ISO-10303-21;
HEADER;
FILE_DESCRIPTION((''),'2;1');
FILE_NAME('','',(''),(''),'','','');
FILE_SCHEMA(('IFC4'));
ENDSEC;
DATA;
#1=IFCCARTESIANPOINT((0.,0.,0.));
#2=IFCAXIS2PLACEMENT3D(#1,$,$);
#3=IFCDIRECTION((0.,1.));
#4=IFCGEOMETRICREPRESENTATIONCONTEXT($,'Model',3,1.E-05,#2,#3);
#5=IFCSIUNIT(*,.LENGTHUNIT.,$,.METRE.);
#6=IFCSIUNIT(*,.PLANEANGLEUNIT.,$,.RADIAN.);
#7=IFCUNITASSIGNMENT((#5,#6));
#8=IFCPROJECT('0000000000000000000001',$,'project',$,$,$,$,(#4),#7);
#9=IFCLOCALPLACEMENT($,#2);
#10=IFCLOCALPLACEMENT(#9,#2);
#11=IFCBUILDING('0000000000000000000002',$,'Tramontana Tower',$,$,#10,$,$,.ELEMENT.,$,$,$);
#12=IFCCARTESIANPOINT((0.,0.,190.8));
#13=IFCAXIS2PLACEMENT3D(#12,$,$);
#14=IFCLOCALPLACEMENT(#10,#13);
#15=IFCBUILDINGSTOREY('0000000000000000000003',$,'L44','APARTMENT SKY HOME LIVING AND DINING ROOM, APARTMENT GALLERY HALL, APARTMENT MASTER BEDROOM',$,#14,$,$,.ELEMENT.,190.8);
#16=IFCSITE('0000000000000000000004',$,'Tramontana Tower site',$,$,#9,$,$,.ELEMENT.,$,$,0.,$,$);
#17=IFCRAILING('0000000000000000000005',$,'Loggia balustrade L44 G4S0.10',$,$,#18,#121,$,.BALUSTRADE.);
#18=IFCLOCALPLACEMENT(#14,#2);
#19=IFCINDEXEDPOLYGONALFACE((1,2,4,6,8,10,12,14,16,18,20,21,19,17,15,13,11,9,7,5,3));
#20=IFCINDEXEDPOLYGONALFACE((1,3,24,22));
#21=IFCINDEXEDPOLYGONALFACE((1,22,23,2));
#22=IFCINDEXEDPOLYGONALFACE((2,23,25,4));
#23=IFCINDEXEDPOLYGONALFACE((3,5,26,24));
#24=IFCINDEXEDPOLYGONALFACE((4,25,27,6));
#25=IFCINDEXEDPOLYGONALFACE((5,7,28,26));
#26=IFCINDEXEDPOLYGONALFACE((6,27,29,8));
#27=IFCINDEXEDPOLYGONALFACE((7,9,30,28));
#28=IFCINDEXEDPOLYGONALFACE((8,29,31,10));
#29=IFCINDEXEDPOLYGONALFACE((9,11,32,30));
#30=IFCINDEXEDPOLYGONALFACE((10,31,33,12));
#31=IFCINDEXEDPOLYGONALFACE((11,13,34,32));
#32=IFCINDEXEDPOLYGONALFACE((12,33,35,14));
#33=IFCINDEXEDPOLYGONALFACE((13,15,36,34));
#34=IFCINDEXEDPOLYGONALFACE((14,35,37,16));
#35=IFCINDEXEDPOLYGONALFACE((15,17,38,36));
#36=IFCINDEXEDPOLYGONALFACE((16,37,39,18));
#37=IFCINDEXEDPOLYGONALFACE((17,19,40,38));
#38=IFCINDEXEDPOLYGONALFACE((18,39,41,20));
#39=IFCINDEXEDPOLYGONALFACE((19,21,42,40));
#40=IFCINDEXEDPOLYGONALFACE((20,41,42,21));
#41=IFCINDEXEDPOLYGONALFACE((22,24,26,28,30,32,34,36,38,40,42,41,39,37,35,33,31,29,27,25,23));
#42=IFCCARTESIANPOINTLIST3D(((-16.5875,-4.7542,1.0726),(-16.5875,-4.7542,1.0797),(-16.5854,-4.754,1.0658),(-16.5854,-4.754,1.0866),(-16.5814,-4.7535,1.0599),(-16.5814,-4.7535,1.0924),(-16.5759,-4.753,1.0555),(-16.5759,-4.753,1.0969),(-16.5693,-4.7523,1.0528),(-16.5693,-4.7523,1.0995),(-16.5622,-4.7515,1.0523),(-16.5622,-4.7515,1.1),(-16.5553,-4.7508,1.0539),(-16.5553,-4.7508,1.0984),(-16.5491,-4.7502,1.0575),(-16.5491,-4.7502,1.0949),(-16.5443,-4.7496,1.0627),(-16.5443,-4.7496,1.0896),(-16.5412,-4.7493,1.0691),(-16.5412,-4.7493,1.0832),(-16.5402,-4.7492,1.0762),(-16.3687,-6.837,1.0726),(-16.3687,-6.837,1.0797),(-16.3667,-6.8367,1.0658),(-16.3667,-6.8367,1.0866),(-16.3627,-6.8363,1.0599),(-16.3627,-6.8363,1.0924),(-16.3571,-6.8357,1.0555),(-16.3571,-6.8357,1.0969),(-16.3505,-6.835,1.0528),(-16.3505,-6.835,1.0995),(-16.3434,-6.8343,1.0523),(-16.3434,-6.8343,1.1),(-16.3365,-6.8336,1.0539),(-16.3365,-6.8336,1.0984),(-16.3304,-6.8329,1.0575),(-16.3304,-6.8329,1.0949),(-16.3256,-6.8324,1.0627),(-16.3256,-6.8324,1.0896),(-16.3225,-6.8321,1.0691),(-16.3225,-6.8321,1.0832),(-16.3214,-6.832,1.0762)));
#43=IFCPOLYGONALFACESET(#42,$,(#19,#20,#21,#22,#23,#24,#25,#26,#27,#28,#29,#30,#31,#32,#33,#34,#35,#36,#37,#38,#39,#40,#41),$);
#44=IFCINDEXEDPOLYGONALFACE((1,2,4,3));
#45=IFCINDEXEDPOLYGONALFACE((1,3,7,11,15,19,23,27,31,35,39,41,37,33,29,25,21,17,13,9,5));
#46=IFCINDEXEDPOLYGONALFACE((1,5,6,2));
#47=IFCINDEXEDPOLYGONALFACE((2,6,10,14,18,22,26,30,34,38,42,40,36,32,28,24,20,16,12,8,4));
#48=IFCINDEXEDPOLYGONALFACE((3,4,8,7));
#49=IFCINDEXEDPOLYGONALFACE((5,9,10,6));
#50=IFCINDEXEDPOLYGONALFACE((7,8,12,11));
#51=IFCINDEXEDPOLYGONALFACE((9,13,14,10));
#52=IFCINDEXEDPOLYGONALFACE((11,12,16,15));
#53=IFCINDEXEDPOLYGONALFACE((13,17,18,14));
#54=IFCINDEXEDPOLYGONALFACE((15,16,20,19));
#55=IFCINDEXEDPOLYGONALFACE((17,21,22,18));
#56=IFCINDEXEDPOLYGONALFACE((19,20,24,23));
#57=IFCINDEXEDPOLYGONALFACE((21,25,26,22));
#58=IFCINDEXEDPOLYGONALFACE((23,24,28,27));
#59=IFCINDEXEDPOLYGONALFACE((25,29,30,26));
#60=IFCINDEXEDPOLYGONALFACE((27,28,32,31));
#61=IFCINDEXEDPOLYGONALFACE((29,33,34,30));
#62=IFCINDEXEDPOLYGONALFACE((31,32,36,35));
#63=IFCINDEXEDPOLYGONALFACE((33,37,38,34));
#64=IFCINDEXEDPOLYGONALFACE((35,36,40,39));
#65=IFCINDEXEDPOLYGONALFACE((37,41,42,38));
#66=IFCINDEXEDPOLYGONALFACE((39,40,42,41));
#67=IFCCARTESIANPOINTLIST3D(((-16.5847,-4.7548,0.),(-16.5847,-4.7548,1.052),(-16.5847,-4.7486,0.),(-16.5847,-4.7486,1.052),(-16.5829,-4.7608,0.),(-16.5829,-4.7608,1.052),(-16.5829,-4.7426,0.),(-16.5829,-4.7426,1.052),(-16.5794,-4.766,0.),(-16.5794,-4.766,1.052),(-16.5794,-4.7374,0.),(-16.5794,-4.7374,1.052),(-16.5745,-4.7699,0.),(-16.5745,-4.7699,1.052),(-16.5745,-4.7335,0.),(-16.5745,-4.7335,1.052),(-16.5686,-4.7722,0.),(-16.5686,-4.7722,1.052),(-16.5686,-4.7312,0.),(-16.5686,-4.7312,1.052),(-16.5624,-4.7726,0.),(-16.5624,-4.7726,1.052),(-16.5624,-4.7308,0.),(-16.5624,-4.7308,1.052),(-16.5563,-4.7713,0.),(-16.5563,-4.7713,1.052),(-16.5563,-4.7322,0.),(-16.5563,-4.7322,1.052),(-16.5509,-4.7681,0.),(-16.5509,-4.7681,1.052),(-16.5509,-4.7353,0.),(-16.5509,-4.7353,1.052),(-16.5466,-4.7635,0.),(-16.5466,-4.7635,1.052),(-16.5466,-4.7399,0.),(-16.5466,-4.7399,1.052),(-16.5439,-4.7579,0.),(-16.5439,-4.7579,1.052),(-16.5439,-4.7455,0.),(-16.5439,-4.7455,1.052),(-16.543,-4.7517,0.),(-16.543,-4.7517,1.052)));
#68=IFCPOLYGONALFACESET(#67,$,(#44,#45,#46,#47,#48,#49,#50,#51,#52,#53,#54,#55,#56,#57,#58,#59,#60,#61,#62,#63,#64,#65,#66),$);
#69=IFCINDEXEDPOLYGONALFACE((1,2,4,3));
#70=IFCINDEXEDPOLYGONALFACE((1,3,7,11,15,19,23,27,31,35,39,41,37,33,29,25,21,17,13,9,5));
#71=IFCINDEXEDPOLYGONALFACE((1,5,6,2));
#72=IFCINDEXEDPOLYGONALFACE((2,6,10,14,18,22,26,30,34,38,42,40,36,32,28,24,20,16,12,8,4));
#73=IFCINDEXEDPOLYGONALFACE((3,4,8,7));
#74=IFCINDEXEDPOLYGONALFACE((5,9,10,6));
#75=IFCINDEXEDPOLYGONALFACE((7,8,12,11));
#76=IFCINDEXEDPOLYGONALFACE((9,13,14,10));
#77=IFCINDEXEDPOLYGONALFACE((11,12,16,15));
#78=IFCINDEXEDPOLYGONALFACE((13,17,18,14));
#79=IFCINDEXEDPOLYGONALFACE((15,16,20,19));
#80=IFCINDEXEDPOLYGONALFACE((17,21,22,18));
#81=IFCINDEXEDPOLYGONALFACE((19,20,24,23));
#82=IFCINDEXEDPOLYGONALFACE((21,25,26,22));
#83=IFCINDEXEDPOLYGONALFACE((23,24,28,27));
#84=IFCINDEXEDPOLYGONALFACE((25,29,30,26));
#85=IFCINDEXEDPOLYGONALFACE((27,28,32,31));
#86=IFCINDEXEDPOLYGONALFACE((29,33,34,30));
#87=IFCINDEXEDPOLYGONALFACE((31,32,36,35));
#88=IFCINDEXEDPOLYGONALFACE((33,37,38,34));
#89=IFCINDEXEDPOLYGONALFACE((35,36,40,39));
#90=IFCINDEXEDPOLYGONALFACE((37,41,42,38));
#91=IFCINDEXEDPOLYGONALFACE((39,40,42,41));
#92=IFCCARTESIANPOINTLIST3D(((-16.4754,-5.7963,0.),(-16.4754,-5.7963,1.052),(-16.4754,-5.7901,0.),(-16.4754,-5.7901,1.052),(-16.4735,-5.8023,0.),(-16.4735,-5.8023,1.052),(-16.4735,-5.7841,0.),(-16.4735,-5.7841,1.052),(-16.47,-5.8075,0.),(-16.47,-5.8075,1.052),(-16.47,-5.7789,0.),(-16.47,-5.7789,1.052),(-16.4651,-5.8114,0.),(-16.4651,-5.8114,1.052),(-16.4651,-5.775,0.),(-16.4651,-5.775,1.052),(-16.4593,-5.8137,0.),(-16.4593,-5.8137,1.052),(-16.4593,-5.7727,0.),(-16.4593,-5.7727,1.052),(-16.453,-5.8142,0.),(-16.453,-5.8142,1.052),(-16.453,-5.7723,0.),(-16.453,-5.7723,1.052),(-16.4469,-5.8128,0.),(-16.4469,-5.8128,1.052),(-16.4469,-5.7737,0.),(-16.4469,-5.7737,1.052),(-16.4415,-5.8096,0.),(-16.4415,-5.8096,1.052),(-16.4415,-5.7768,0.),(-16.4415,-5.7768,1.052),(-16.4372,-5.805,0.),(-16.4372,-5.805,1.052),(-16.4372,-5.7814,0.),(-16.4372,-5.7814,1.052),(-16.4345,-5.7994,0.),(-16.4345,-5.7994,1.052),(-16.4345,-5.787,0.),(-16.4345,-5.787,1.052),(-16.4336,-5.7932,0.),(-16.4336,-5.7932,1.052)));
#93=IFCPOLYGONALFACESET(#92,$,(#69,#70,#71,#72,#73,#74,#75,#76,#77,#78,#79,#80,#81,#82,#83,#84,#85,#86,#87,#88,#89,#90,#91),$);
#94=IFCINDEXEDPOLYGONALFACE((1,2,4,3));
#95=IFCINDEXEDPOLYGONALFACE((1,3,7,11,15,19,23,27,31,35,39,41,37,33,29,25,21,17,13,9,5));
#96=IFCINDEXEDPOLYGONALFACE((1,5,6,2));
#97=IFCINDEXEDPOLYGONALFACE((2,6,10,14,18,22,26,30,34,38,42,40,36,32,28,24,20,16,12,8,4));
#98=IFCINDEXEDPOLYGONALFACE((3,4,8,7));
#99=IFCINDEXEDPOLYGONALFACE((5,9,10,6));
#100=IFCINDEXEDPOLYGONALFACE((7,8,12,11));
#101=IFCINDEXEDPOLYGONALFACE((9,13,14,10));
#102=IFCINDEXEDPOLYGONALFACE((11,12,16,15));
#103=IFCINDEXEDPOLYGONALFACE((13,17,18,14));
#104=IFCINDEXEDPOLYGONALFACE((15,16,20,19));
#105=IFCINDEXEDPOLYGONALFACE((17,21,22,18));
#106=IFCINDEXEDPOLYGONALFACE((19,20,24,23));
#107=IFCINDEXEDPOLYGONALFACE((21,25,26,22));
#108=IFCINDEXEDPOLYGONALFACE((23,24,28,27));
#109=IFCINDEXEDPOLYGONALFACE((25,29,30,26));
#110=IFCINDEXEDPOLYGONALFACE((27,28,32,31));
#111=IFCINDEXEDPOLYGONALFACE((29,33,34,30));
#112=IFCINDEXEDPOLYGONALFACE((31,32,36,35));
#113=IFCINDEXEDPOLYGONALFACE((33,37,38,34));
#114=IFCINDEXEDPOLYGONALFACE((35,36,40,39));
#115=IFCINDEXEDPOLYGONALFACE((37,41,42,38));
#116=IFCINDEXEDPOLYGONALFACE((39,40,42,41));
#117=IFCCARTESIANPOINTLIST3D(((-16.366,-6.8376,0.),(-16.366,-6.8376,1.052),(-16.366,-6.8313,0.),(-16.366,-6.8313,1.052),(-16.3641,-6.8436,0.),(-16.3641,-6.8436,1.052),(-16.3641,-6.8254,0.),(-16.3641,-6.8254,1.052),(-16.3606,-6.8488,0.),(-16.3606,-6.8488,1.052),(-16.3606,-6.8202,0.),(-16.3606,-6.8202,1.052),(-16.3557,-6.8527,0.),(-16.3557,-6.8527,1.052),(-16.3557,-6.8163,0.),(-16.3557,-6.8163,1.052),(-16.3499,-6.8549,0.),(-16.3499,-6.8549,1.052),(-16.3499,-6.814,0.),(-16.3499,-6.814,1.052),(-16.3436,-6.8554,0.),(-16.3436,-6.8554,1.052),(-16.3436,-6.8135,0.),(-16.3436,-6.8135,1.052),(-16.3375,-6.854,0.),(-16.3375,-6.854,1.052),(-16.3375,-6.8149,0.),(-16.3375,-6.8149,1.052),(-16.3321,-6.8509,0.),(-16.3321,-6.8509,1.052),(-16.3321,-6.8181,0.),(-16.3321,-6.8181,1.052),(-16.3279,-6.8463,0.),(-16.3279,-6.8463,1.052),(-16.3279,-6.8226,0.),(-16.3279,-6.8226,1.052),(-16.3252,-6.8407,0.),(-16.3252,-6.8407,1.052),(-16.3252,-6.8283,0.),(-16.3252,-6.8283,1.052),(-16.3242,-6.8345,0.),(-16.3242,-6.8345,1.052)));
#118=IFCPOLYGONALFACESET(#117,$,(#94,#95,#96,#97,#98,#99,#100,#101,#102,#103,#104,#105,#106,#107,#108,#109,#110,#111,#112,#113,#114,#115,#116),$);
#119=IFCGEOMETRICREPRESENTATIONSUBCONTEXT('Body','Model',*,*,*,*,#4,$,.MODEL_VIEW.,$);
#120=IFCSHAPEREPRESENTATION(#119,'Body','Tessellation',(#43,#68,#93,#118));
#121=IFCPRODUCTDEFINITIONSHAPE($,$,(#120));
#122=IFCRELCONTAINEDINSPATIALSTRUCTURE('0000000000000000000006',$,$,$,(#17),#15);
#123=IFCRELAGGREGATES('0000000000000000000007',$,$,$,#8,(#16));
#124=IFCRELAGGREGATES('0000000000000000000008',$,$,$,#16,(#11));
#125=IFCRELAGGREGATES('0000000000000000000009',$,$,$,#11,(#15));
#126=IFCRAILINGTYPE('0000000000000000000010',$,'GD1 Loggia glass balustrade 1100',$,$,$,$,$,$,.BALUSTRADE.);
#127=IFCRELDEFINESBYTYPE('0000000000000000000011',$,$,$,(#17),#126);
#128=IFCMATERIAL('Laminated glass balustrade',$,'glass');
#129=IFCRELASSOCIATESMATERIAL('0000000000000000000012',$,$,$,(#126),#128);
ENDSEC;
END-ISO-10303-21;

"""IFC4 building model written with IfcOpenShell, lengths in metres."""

from ifc_helpers import new_model, si_unit, direction, frame, origin, origin_2d, place, context, subcontext, project, spatial, circle, extrude, material, type_object, element, save


model = new_model("IFC4")

# Units and contexts
model_context = context("Model", 3, precision=1e-05, world=origin(), true_north=direction((0.0, 1.0)))
body_context = subcontext(model_context, "Body", "Model", "MODEL_VIEW")
ifc_project = project(units=[si_unit("LENGTHUNIT", "METRE"), si_unit("PLANEANGLEUNIT", "RADIAN")], contexts=[model_context])

# Site, building, storey
site_placement = place(None, origin())
site = spatial("IfcSite", under=ifc_project, at=site_placement, Name="Tramontana Tower site", CompositionType="ELEMENT", RefElevation=0.0)
building_placement = place(site_placement, origin())
building = spatial("IfcBuilding", under=site, at=building_placement, Name="Tramontana Tower", CompositionType="ELEMENT")
storey_placement = place(building_placement, frame((0.0, 0.0, 190.8)))
storey = spatial("IfcBuildingStorey", under=building, at=storey_placement, Name="L44", Description="APARTMENT SKY HOME LIVING AND DINING ROOM, APARTMENT GALLERY HALL, APARTMENT MASTER BEDROOM", CompositionType="ELEMENT", Elevation=190.8)

# Railing
ifc_material_1 = material(Name="Laminated glass balustrade", Category="glass")
railing_type = type_object("IfcRailingType", Name="GD1 Loggia glass balustrade 1100", PredefinedType="BALUSTRADE", material=ifc_material_1)
railing_placement = place(storey_placement, frame((-16.564, -4.7517, 0.0)))
element("IfcRailing", 1, at=railing_placement, inside=storey, type_object=railing_type, Name="Loggia balustrade L44 G4S0.10", PredefinedType="BALUSTRADE", context=body_context, shape_type="SweptSolid", body=[
    extrude(circle(Radius=0.0239, at=origin_2d()), frame((0.0, 0.0, 1.0762), z_axis=(0.104454, -0.99453, 0.0), x_axis=(0.99453, 0.104454, 0.0)), (0.0, 0.0, 1.0), 2.0942),
    extrude(circle(Radius=0.021, at=origin_2d()), origin(), (0.0, 0.0, 1.0), 1.052),
    extrude(circle(Radius=0.021, at=origin_2d()), frame((0.1094, -1.0415, 0.0)), (0.0, 0.0, 1.0), 1.052),
    extrude(circle(Radius=0.021, at=origin_2d()), frame((0.2188, -2.0828, 0.0)), (0.0, 0.0, 1.0), 1.052),
])

save(model, "model.ifc")
